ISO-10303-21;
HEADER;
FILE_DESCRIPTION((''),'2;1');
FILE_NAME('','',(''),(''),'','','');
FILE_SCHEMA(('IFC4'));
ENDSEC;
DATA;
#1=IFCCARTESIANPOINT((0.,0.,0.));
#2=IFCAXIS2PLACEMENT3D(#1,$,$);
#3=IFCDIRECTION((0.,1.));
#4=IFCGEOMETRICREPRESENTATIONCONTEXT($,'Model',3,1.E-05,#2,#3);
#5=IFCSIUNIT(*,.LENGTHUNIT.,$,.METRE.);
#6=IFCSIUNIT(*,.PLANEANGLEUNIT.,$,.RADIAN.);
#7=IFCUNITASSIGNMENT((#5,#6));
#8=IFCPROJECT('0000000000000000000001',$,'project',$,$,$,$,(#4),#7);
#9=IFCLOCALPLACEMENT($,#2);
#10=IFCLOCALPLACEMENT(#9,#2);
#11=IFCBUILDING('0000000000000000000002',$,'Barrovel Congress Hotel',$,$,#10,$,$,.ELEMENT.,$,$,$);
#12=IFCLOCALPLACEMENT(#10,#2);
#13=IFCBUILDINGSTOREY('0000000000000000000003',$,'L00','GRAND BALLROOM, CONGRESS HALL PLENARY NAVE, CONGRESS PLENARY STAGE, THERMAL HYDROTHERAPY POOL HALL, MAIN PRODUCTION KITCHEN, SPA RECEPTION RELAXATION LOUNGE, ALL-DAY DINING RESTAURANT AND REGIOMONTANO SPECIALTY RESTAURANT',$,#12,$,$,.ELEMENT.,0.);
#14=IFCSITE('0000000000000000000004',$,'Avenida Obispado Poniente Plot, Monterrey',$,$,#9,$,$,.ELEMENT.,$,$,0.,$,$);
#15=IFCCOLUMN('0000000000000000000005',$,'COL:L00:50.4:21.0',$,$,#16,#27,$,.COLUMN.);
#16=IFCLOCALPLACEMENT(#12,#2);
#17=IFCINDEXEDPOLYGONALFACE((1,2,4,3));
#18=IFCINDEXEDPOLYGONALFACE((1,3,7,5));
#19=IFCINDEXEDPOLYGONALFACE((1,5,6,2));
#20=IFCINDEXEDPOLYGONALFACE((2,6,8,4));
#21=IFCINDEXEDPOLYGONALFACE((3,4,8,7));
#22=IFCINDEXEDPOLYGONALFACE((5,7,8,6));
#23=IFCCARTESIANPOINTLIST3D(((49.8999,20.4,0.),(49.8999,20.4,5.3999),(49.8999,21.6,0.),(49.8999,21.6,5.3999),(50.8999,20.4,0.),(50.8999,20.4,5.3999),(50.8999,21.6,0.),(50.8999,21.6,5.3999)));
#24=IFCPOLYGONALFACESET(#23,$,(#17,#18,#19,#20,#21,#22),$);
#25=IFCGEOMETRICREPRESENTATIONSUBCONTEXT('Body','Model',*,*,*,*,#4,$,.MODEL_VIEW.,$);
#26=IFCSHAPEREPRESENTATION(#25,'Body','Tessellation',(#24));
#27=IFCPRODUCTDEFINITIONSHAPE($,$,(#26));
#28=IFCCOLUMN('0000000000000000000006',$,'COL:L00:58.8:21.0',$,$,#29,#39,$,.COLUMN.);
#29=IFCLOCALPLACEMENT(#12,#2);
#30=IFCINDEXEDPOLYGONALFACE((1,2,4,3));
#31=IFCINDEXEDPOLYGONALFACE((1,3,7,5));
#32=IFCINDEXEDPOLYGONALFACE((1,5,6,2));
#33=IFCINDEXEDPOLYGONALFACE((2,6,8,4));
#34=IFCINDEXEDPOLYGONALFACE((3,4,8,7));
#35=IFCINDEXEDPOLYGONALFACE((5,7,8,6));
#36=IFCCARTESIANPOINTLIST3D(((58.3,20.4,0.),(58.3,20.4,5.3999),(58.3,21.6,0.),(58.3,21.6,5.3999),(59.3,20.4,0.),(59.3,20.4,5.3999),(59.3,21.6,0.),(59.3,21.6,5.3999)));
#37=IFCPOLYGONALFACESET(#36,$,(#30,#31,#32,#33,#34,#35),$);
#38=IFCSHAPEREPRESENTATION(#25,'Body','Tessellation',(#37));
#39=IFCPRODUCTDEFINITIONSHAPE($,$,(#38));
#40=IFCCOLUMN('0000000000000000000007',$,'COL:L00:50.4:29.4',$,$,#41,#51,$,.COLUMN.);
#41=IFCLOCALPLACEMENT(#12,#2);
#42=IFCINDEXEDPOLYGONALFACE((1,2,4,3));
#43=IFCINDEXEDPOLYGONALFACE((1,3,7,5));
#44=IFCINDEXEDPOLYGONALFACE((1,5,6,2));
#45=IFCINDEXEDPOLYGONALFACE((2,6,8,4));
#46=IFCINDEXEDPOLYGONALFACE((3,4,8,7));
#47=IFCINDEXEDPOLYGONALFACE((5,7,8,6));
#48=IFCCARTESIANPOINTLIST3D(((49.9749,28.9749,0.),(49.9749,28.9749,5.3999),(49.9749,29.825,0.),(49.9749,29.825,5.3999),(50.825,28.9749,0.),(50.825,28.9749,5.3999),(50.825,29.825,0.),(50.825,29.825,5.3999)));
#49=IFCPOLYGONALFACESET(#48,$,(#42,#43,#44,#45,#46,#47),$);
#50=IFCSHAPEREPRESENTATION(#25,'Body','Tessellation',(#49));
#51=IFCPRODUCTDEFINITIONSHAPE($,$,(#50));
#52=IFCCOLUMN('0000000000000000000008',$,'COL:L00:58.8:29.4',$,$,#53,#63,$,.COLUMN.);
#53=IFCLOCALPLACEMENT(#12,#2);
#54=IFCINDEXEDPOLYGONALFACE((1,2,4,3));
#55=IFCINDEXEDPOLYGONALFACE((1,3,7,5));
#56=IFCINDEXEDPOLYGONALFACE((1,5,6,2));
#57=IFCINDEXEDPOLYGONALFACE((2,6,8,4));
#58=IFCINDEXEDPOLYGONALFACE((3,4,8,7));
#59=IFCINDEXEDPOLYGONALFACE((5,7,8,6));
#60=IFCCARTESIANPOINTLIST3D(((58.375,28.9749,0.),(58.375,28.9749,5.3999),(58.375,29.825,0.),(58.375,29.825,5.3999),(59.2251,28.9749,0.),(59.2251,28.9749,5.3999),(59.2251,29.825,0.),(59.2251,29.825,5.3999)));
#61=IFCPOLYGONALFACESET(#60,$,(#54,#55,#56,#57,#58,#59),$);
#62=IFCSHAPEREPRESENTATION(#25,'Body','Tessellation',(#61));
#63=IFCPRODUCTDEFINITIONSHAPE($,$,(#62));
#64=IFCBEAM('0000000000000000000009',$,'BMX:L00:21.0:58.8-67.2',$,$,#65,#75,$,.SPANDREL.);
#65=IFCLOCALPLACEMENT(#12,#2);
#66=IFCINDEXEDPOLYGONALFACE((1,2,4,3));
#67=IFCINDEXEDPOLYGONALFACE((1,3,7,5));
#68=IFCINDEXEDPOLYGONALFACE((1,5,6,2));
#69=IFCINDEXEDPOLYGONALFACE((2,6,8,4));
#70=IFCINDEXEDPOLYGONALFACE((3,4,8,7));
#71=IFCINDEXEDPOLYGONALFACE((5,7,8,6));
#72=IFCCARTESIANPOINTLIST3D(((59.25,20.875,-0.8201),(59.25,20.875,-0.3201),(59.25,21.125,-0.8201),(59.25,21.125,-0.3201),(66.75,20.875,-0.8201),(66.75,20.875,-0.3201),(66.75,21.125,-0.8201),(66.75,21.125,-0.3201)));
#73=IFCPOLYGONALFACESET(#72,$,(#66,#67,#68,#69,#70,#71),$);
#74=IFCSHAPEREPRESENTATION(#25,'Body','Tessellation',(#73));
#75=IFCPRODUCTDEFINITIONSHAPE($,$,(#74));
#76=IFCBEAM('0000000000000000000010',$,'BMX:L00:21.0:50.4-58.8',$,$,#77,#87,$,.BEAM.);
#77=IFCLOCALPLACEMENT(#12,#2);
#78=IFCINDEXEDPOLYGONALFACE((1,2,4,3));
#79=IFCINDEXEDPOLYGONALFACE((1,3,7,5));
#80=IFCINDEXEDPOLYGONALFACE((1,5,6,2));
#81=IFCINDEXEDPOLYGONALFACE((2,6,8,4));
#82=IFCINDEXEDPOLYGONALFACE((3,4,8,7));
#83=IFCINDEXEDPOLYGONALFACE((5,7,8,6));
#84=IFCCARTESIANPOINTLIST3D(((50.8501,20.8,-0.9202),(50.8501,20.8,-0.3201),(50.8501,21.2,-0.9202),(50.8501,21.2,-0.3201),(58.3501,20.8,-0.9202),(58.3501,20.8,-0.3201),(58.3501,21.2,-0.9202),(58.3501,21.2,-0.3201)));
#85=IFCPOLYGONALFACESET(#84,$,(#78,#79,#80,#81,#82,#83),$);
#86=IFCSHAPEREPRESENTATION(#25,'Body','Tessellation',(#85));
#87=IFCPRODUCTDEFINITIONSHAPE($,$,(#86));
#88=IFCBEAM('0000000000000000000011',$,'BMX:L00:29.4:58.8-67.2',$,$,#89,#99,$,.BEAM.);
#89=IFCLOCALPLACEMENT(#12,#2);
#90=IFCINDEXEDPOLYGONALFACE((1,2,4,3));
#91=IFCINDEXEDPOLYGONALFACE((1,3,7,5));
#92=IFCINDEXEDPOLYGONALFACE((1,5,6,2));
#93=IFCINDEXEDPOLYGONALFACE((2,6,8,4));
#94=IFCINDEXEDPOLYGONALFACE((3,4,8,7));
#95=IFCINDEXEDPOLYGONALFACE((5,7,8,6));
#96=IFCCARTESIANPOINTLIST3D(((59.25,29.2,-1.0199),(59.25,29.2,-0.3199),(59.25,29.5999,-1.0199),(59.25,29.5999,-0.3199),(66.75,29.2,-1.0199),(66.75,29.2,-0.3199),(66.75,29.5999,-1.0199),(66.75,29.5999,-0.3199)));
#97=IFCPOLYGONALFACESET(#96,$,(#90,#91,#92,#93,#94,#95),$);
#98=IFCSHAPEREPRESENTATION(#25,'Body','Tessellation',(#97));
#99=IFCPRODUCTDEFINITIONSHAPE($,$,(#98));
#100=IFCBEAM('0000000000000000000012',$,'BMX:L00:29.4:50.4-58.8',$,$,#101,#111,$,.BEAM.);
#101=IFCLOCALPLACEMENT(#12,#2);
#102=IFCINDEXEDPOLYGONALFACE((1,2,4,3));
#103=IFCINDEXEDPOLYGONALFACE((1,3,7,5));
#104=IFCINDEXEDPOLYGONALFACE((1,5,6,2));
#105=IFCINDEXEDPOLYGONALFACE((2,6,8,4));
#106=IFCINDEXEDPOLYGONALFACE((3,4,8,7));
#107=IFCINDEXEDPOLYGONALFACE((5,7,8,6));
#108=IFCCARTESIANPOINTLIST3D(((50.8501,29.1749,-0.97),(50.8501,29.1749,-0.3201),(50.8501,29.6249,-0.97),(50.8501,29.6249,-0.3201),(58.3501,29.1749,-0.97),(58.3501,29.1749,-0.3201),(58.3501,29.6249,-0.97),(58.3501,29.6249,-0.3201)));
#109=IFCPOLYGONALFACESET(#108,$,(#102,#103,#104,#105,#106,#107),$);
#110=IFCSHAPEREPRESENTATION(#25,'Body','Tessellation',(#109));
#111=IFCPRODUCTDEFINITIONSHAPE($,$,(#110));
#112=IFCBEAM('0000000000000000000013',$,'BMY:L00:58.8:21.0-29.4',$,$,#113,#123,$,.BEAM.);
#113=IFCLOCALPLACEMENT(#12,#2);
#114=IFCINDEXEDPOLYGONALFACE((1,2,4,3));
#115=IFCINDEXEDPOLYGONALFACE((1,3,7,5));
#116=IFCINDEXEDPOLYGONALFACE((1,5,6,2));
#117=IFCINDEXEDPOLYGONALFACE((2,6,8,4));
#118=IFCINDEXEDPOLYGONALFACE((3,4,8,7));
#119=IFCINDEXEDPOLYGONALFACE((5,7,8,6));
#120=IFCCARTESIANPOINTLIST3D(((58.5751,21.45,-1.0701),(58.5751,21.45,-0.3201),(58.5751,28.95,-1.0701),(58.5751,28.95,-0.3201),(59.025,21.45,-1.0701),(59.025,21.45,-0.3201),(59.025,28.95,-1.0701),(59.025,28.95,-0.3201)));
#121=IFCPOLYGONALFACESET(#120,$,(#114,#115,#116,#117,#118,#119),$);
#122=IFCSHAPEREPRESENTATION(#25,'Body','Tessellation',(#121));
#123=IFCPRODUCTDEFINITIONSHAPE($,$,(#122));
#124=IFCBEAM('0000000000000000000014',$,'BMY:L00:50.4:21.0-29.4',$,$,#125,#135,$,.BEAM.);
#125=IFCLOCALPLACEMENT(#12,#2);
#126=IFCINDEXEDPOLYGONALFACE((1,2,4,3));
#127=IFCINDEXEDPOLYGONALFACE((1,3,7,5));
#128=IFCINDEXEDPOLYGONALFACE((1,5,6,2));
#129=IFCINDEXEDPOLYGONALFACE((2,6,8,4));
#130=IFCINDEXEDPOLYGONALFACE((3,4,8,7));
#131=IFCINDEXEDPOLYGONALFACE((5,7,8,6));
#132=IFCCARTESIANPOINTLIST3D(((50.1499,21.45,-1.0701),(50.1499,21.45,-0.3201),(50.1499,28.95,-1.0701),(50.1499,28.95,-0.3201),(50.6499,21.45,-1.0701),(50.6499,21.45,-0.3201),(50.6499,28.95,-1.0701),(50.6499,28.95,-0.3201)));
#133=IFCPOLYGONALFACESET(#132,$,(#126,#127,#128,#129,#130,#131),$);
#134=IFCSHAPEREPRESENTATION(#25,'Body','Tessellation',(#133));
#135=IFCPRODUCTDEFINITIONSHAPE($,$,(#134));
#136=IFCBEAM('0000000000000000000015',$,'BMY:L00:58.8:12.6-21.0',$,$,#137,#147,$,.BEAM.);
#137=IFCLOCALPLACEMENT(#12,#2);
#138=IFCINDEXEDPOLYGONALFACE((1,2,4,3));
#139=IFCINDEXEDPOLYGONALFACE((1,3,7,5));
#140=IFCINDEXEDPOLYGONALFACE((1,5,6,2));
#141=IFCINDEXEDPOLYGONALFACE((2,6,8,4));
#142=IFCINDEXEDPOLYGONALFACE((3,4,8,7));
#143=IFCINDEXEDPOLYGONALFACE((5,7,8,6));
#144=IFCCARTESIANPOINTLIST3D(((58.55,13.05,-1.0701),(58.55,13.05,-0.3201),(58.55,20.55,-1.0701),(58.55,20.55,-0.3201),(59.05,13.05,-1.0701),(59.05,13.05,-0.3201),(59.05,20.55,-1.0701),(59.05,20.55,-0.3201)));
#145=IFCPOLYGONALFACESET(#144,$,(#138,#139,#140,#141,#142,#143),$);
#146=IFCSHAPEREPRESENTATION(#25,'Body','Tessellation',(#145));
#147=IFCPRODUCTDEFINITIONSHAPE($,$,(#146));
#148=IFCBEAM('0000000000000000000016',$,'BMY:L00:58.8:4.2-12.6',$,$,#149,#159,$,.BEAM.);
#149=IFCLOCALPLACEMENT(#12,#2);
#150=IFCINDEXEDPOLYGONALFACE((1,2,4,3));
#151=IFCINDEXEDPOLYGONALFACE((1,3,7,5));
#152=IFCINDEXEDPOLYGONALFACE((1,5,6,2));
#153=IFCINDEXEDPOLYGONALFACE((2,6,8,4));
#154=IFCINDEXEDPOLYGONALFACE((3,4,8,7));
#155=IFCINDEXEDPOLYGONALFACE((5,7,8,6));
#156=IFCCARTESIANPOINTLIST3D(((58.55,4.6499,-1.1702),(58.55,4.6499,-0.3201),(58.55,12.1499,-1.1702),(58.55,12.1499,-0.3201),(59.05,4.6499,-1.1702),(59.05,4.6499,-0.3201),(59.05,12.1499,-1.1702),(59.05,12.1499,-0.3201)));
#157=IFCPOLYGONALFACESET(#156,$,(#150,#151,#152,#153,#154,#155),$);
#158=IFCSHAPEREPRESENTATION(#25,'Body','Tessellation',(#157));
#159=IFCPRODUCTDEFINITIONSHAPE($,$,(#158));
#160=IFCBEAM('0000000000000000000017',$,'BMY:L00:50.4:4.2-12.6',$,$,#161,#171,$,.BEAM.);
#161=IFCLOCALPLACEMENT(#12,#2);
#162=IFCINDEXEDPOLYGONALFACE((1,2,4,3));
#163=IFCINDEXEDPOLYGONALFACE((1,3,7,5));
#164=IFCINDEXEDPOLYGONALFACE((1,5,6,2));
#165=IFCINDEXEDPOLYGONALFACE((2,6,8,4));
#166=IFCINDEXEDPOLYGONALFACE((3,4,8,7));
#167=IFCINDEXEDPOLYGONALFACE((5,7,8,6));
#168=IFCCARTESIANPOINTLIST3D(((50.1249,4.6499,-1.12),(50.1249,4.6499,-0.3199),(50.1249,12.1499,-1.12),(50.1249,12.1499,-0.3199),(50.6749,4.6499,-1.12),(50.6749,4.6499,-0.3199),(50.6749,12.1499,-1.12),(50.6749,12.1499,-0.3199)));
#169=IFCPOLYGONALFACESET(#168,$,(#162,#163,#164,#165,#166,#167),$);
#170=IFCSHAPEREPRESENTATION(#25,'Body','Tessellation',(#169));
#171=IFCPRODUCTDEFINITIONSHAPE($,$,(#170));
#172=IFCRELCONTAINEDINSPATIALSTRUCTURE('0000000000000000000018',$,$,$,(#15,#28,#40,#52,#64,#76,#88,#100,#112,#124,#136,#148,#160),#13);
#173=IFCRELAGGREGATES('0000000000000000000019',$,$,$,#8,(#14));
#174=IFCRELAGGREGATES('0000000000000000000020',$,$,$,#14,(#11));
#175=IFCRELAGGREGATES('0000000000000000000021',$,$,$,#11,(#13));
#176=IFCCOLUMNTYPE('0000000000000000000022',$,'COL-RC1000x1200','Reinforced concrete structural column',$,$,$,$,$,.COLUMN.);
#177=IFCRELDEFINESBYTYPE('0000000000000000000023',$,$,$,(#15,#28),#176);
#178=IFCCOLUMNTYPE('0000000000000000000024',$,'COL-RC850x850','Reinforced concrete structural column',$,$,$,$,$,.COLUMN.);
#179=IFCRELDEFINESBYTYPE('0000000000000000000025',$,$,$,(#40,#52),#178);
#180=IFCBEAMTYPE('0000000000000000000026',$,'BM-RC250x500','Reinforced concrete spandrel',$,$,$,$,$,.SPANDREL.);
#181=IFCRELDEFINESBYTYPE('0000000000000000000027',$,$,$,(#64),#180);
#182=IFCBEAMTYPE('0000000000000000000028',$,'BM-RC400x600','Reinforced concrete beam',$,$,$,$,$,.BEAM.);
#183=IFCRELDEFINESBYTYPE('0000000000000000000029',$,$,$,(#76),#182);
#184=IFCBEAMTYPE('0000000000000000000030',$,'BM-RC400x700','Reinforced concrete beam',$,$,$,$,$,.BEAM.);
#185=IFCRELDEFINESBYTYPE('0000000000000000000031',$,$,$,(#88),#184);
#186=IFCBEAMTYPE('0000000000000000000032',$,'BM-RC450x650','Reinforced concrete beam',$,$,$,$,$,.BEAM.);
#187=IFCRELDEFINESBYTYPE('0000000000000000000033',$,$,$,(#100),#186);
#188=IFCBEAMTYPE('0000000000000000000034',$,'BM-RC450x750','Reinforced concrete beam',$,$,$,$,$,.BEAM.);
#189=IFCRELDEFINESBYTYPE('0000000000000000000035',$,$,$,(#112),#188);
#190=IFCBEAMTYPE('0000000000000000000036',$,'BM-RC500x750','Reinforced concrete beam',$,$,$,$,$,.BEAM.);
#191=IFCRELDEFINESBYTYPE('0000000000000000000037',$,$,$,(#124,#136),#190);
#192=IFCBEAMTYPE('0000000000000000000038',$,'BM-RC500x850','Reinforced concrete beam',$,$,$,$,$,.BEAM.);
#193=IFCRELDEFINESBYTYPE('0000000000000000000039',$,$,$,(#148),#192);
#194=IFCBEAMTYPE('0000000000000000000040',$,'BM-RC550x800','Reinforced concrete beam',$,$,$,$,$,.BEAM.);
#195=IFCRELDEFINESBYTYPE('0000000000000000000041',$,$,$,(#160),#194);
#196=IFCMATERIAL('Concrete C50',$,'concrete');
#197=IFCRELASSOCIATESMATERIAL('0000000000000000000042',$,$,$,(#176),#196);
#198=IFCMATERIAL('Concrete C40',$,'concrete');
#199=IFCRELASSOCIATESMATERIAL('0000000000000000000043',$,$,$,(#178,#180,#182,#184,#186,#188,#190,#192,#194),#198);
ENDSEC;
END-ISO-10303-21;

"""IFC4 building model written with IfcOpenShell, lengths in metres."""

from ifc_helpers import new_model, si_unit, direction, frame, origin, origin_2d, place, context, subcontext, project, spatial, rectangle, extrude, material, material_profile, profile_set, type_object, element, save


model = new_model("IFC4")

# Units and contexts
model_context = context("Model", 3, precision=1e-05, world=origin(), true_north=direction((0.0, 1.0)))
body_context = subcontext(model_context, "Body", "Model", "MODEL_VIEW")
ifc_project = project(units=[si_unit("LENGTHUNIT", "METRE"), si_unit("PLANEANGLEUNIT", "RADIAN")], contexts=[model_context])

# Site, building, storey
site_placement = place(None, origin())
site = spatial("IfcSite", under=ifc_project, at=site_placement, Name="Avenida Obispado Poniente Plot, Monterrey", CompositionType="ELEMENT", RefElevation=0.0)
building_placement = place(site_placement, origin())
building = spatial("IfcBuilding", under=site, at=building_placement, Name="Barrovel Congress Hotel", CompositionType="ELEMENT")
storey_placement = place(building_placement, origin())
storey = spatial("IfcBuildingStorey", under=building, at=storey_placement, Name="L00", Description="GRAND BALLROOM, CONGRESS HALL PLENARY NAVE, CONGRESS PLENARY STAGE, THERMAL HYDROTHERAPY POOL HALL, MAIN PRODUCTION KITCHEN, SPA RECEPTION RELAXATION LOUNGE, ALL-DAY DINING RESTAURANT AND REGIOMONTANO SPECIALTY RESTAURANT", CompositionType="ELEMENT", Elevation=0.0)

# Columns
ifc_material_1 = material(Name="Concrete C50", Category="concrete")
ifc_material_profile_1 = material_profile(ifc_material_1, rectangle(XDim=1.0, YDim=1.2, at=origin_2d()), Name="RC1000x1200")
ifc_profile_set_1 = profile_set([ifc_material_profile_1], Name="Concrete C50")
column_type_1 = type_object("IfcColumnType", Name="COL-RC1000x1200", Description="Reinforced concrete structural column", PredefinedType="COLUMN", material=ifc_profile_set_1)
for number, where, z_axis, x_axis, name in (
    (1, (50.3999, 21.0, 0.0), (0.0, 0.0, 1.0), (1.0, 0.0, 0.0), "COL:L00:50.4:21.0"),
    (2, (58.8, 21.0, 0.0), (0.0, 0.0, 1.0), (1.0, 0.0, 0.0), "COL:L00:58.8:21.0"),
):
    element("IfcColumn", number, at=place(storey_placement, frame(where, z_axis=z_axis, x_axis=x_axis)), inside=storey, type_object=column_type_1, Name=name, PredefinedType="COLUMN", context=body_context, shape_type="SweptSolid", body=[
        extrude(rectangle(XDim=1.0, YDim=1.2, at=origin_2d()), origin(), (0.0, 0.0, 1.0), 5.3999),
    ])
ifc_material_2 = material(Name="Concrete C40", Category="concrete")
ifc_material_profile_2 = material_profile(ifc_material_2, rectangle(XDim=0.8501, YDim=0.8501, at=origin_2d()), Name="RC850x850")
ifc_profile_set_2 = profile_set([ifc_material_profile_2], Name="Concrete C40")
column_type_2 = type_object("IfcColumnType", Name="COL-RC850x850", Description="Reinforced concrete structural column", PredefinedType="COLUMN", material=ifc_profile_set_2)
for number, where, z_axis, x_axis, name in (
    (3, (50.3999, 29.3999, 0.0), (0.0, 0.0, 1.0), (1.0, 0.0, 0.0), "COL:L00:50.4:29.4"),
    (4, (58.8, 29.3999, 0.0), (0.0, 0.0, 1.0), (1.0, 0.0, 0.0), "COL:L00:58.8:29.4"),
):
    element("IfcColumn", number, at=place(storey_placement, frame(where, z_axis=z_axis, x_axis=x_axis)), inside=storey, type_object=column_type_2, Name=name, PredefinedType="COLUMN", context=body_context, shape_type="SweptSolid", body=[
        extrude(rectangle(XDim=0.8501, YDim=0.8501, at=origin_2d()), origin(), (0.0, 0.0, 1.0), 5.3999),
    ])

# Beams
ifc_material_profile_3 = material_profile(ifc_material_2, rectangle(XDim=0.25, YDim=0.5, at=origin_2d()), Name="RC250x500")
ifc_profile_set_3 = profile_set([ifc_material_profile_3], Name="Concrete C40")
beam_type_1 = type_object("IfcBeamType", Name="BM-RC250x500", Description="Reinforced concrete spandrel", PredefinedType="SPANDREL", material=ifc_profile_set_3)
beam_1_placement = place(storey_placement, frame((59.25, 21.0, -0.5701), z_axis=(1.0, 0.0, 0.0), x_axis=(0.0, 1.0, 0.0)))
element("IfcBeam", 5, at=beam_1_placement, inside=storey, type_object=beam_type_1, Name="BMX:L00:21.0:58.8-67.2", PredefinedType="SPANDREL", context=body_context, shape_type="SweptSolid", body=[
    extrude(rectangle(XDim=0.25, YDim=0.5, at=origin_2d()), origin(), (0.0, 0.0, 1.0), 7.5),
])
ifc_material_profile_4 = material_profile(ifc_material_2, rectangle(XDim=0.3999, YDim=0.6001, at=origin_2d()), Name="RC400x600")
ifc_profile_set_4 = profile_set([ifc_material_profile_4], Name="Concrete C40")
beam_type_2 = type_object("IfcBeamType", Name="BM-RC400x600", Description="Reinforced concrete beam", PredefinedType="BEAM", material=ifc_profile_set_4)
beam_2_placement = place(storey_placement, frame((50.8501, 21.0, -0.6201), z_axis=(1.0, 0.0, 0.0), x_axis=(0.0, 1.0, 0.0)))
element("IfcBeam", 6, at=beam_2_placement, inside=storey, type_object=beam_type_2, Name="BMX:L00:21.0:50.4-58.8", PredefinedType="BEAM", context=body_context, shape_type="SweptSolid", body=[
    extrude(rectangle(XDim=0.3999, YDim=0.6001, at=origin_2d()), origin(), (0.0, 0.0, 1.0), 7.5),
])
ifc_material_profile_5 = material_profile(ifc_material_2, rectangle(XDim=0.3999, YDim=0.7, at=origin_2d()), Name="RC400x700")
ifc_profile_set_5 = profile_set([ifc_material_profile_5], Name="Concrete C40")
beam_type_3 = type_object("IfcBeamType", Name="BM-RC400x700", Description="Reinforced concrete beam", PredefinedType="BEAM", material=ifc_profile_set_5)
beam_3_placement = place(storey_placement, frame((59.25, 29.3999, -0.6699), z_axis=(1.0, 0.0, 0.0), x_axis=(0.0, 1.0, 0.0)))
element("IfcBeam", 7, at=beam_3_placement, inside=storey, type_object=beam_type_3, Name="BMX:L00:29.4:58.8-67.2", PredefinedType="BEAM", context=body_context, shape_type="SweptSolid", body=[
    extrude(rectangle(XDim=0.3999, YDim=0.7, at=origin_2d()), origin(), (0.0, 0.0, 1.0), 7.5),
])
ifc_material_profile_6 = material_profile(ifc_material_2, rectangle(XDim=0.45, YDim=0.6499, at=origin_2d()), Name="RC450x650")
ifc_profile_set_6 = profile_set([ifc_material_profile_6], Name="Concrete C40")
beam_type_4 = type_object("IfcBeamType", Name="BM-RC450x650", Description="Reinforced concrete beam", PredefinedType="BEAM", material=ifc_profile_set_6)
beam_4_placement = place(storey_placement, frame((50.8501, 29.3999, -0.645), z_axis=(1.0, 0.0, 0.0), x_axis=(0.0, 1.0, 0.0)))
element("IfcBeam", 8, at=beam_4_placement, inside=storey, type_object=beam_type_4, Name="BMX:L00:29.4:50.4-58.8", PredefinedType="BEAM", context=body_context, shape_type="SweptSolid", body=[
    extrude(rectangle(XDim=0.45, YDim=0.6499, at=origin_2d()), origin(), (0.0, 0.0, 1.0), 7.5),
])
ifc_material_profile_7 = material_profile(ifc_material_2, rectangle(XDim=0.45, YDim=0.75, at=origin_2d()), Name="RC450x750")
ifc_profile_set_7 = profile_set([ifc_material_profile_7], Name="Concrete C40")
beam_type_5 = type_object("IfcBeamType", Name="BM-RC450x750", Description="Reinforced concrete beam", PredefinedType="BEAM", material=ifc_profile_set_7)
beam_5_placement = place(storey_placement, frame((58.8, 21.45, -0.6951), z_axis=(0.0, 1.0, 0.0), x_axis=(-1.0, 0.0, 0.0)))
element("IfcBeam", 9, at=beam_5_placement, inside=storey, type_object=beam_type_5, Name="BMY:L00:58.8:21.0-29.4", PredefinedType="BEAM", context=body_context, shape_type="SweptSolid", body=[
    extrude(rectangle(XDim=0.45, YDim=0.75, at=origin_2d()), origin(), (0.0, 0.0, 1.0), 7.5),
])
ifc_material_profile_8 = material_profile(ifc_material_2, rectangle(XDim=0.5, YDim=0.75, at=origin_2d()), Name="RC500x750")
ifc_profile_set_8 = profile_set([ifc_material_profile_8], Name="Concrete C40")
beam_type_6 = type_object("IfcBeamType", Name="BM-RC500x750", Description="Reinforced concrete beam", PredefinedType="BEAM", material=ifc_profile_set_8)
for number, where, z_axis, x_axis, name in (
    (10, (50.3999, 21.45, -0.6951), (0.0, 1.0, 0.0), (-1.0, 0.0, 0.0), "BMY:L00:50.4:21.0-29.4"),
    (11, (58.8, 13.05, -0.6951), (0.0, 1.0, 0.0), (-1.0, 0.0, 0.0), "BMY:L00:58.8:12.6-21.0"),
):
    element("IfcBeam", number, at=place(storey_placement, frame(where, z_axis=z_axis, x_axis=x_axis)), inside=storey, type_object=beam_type_6, Name=name, PredefinedType="BEAM", context=body_context, shape_type="SweptSolid", body=[
        extrude(rectangle(XDim=0.5, YDim=0.75, at=origin_2d()), origin(), (0.0, 0.0, 1.0), 7.5),
    ])
ifc_material_profile_9 = material_profile(ifc_material_2, rectangle(XDim=0.5, YDim=0.8501, at=origin_2d()), Name="RC500x850")
ifc_profile_set_9 = profile_set([ifc_material_profile_9], Name="Concrete C40")
beam_type_7 = type_object("IfcBeamType", Name="BM-RC500x850", Description="Reinforced concrete beam", PredefinedType="BEAM", material=ifc_profile_set_9)
beam_6_placement = place(storey_placement, frame((58.8, 4.6499, -0.7451), z_axis=(0.0, 1.0, 0.0), x_axis=(-1.0, 0.0, 0.0)))
element("IfcBeam", 12, at=beam_6_placement, inside=storey, type_object=beam_type_7, Name="BMY:L00:58.8:4.2-12.6", PredefinedType="BEAM", context=body_context, shape_type="SweptSolid", body=[
    extrude(rectangle(XDim=0.5, YDim=0.8501, at=origin_2d()), origin(), (0.0, 0.0, 1.0), 7.5),
])
ifc_material_profile_10 = material_profile(ifc_material_2, rectangle(XDim=0.55, YDim=0.8, at=origin_2d()), Name="RC550x800")
ifc_profile_set_10 = profile_set([ifc_material_profile_10], Name="Concrete C40")
beam_type_8 = type_object("IfcBeamType", Name="BM-RC550x800", Description="Reinforced concrete beam", PredefinedType="BEAM", material=ifc_profile_set_10)
beam_7_placement = place(storey_placement, frame((50.3999, 4.6499, -0.72), z_axis=(0.0, 1.0, 0.0), x_axis=(-1.0, 0.0, 0.0)))
element("IfcBeam", 13, at=beam_7_placement, inside=storey, type_object=beam_type_8, Name="BMY:L00:50.4:4.2-12.6", PredefinedType="BEAM", context=body_context, shape_type="SweptSolid", body=[
    extrude(rectangle(XDim=0.55, YDim=0.8, at=origin_2d()), origin(), (0.0, 0.0, 1.0), 7.5),
])

save(model, "model.ifc")
